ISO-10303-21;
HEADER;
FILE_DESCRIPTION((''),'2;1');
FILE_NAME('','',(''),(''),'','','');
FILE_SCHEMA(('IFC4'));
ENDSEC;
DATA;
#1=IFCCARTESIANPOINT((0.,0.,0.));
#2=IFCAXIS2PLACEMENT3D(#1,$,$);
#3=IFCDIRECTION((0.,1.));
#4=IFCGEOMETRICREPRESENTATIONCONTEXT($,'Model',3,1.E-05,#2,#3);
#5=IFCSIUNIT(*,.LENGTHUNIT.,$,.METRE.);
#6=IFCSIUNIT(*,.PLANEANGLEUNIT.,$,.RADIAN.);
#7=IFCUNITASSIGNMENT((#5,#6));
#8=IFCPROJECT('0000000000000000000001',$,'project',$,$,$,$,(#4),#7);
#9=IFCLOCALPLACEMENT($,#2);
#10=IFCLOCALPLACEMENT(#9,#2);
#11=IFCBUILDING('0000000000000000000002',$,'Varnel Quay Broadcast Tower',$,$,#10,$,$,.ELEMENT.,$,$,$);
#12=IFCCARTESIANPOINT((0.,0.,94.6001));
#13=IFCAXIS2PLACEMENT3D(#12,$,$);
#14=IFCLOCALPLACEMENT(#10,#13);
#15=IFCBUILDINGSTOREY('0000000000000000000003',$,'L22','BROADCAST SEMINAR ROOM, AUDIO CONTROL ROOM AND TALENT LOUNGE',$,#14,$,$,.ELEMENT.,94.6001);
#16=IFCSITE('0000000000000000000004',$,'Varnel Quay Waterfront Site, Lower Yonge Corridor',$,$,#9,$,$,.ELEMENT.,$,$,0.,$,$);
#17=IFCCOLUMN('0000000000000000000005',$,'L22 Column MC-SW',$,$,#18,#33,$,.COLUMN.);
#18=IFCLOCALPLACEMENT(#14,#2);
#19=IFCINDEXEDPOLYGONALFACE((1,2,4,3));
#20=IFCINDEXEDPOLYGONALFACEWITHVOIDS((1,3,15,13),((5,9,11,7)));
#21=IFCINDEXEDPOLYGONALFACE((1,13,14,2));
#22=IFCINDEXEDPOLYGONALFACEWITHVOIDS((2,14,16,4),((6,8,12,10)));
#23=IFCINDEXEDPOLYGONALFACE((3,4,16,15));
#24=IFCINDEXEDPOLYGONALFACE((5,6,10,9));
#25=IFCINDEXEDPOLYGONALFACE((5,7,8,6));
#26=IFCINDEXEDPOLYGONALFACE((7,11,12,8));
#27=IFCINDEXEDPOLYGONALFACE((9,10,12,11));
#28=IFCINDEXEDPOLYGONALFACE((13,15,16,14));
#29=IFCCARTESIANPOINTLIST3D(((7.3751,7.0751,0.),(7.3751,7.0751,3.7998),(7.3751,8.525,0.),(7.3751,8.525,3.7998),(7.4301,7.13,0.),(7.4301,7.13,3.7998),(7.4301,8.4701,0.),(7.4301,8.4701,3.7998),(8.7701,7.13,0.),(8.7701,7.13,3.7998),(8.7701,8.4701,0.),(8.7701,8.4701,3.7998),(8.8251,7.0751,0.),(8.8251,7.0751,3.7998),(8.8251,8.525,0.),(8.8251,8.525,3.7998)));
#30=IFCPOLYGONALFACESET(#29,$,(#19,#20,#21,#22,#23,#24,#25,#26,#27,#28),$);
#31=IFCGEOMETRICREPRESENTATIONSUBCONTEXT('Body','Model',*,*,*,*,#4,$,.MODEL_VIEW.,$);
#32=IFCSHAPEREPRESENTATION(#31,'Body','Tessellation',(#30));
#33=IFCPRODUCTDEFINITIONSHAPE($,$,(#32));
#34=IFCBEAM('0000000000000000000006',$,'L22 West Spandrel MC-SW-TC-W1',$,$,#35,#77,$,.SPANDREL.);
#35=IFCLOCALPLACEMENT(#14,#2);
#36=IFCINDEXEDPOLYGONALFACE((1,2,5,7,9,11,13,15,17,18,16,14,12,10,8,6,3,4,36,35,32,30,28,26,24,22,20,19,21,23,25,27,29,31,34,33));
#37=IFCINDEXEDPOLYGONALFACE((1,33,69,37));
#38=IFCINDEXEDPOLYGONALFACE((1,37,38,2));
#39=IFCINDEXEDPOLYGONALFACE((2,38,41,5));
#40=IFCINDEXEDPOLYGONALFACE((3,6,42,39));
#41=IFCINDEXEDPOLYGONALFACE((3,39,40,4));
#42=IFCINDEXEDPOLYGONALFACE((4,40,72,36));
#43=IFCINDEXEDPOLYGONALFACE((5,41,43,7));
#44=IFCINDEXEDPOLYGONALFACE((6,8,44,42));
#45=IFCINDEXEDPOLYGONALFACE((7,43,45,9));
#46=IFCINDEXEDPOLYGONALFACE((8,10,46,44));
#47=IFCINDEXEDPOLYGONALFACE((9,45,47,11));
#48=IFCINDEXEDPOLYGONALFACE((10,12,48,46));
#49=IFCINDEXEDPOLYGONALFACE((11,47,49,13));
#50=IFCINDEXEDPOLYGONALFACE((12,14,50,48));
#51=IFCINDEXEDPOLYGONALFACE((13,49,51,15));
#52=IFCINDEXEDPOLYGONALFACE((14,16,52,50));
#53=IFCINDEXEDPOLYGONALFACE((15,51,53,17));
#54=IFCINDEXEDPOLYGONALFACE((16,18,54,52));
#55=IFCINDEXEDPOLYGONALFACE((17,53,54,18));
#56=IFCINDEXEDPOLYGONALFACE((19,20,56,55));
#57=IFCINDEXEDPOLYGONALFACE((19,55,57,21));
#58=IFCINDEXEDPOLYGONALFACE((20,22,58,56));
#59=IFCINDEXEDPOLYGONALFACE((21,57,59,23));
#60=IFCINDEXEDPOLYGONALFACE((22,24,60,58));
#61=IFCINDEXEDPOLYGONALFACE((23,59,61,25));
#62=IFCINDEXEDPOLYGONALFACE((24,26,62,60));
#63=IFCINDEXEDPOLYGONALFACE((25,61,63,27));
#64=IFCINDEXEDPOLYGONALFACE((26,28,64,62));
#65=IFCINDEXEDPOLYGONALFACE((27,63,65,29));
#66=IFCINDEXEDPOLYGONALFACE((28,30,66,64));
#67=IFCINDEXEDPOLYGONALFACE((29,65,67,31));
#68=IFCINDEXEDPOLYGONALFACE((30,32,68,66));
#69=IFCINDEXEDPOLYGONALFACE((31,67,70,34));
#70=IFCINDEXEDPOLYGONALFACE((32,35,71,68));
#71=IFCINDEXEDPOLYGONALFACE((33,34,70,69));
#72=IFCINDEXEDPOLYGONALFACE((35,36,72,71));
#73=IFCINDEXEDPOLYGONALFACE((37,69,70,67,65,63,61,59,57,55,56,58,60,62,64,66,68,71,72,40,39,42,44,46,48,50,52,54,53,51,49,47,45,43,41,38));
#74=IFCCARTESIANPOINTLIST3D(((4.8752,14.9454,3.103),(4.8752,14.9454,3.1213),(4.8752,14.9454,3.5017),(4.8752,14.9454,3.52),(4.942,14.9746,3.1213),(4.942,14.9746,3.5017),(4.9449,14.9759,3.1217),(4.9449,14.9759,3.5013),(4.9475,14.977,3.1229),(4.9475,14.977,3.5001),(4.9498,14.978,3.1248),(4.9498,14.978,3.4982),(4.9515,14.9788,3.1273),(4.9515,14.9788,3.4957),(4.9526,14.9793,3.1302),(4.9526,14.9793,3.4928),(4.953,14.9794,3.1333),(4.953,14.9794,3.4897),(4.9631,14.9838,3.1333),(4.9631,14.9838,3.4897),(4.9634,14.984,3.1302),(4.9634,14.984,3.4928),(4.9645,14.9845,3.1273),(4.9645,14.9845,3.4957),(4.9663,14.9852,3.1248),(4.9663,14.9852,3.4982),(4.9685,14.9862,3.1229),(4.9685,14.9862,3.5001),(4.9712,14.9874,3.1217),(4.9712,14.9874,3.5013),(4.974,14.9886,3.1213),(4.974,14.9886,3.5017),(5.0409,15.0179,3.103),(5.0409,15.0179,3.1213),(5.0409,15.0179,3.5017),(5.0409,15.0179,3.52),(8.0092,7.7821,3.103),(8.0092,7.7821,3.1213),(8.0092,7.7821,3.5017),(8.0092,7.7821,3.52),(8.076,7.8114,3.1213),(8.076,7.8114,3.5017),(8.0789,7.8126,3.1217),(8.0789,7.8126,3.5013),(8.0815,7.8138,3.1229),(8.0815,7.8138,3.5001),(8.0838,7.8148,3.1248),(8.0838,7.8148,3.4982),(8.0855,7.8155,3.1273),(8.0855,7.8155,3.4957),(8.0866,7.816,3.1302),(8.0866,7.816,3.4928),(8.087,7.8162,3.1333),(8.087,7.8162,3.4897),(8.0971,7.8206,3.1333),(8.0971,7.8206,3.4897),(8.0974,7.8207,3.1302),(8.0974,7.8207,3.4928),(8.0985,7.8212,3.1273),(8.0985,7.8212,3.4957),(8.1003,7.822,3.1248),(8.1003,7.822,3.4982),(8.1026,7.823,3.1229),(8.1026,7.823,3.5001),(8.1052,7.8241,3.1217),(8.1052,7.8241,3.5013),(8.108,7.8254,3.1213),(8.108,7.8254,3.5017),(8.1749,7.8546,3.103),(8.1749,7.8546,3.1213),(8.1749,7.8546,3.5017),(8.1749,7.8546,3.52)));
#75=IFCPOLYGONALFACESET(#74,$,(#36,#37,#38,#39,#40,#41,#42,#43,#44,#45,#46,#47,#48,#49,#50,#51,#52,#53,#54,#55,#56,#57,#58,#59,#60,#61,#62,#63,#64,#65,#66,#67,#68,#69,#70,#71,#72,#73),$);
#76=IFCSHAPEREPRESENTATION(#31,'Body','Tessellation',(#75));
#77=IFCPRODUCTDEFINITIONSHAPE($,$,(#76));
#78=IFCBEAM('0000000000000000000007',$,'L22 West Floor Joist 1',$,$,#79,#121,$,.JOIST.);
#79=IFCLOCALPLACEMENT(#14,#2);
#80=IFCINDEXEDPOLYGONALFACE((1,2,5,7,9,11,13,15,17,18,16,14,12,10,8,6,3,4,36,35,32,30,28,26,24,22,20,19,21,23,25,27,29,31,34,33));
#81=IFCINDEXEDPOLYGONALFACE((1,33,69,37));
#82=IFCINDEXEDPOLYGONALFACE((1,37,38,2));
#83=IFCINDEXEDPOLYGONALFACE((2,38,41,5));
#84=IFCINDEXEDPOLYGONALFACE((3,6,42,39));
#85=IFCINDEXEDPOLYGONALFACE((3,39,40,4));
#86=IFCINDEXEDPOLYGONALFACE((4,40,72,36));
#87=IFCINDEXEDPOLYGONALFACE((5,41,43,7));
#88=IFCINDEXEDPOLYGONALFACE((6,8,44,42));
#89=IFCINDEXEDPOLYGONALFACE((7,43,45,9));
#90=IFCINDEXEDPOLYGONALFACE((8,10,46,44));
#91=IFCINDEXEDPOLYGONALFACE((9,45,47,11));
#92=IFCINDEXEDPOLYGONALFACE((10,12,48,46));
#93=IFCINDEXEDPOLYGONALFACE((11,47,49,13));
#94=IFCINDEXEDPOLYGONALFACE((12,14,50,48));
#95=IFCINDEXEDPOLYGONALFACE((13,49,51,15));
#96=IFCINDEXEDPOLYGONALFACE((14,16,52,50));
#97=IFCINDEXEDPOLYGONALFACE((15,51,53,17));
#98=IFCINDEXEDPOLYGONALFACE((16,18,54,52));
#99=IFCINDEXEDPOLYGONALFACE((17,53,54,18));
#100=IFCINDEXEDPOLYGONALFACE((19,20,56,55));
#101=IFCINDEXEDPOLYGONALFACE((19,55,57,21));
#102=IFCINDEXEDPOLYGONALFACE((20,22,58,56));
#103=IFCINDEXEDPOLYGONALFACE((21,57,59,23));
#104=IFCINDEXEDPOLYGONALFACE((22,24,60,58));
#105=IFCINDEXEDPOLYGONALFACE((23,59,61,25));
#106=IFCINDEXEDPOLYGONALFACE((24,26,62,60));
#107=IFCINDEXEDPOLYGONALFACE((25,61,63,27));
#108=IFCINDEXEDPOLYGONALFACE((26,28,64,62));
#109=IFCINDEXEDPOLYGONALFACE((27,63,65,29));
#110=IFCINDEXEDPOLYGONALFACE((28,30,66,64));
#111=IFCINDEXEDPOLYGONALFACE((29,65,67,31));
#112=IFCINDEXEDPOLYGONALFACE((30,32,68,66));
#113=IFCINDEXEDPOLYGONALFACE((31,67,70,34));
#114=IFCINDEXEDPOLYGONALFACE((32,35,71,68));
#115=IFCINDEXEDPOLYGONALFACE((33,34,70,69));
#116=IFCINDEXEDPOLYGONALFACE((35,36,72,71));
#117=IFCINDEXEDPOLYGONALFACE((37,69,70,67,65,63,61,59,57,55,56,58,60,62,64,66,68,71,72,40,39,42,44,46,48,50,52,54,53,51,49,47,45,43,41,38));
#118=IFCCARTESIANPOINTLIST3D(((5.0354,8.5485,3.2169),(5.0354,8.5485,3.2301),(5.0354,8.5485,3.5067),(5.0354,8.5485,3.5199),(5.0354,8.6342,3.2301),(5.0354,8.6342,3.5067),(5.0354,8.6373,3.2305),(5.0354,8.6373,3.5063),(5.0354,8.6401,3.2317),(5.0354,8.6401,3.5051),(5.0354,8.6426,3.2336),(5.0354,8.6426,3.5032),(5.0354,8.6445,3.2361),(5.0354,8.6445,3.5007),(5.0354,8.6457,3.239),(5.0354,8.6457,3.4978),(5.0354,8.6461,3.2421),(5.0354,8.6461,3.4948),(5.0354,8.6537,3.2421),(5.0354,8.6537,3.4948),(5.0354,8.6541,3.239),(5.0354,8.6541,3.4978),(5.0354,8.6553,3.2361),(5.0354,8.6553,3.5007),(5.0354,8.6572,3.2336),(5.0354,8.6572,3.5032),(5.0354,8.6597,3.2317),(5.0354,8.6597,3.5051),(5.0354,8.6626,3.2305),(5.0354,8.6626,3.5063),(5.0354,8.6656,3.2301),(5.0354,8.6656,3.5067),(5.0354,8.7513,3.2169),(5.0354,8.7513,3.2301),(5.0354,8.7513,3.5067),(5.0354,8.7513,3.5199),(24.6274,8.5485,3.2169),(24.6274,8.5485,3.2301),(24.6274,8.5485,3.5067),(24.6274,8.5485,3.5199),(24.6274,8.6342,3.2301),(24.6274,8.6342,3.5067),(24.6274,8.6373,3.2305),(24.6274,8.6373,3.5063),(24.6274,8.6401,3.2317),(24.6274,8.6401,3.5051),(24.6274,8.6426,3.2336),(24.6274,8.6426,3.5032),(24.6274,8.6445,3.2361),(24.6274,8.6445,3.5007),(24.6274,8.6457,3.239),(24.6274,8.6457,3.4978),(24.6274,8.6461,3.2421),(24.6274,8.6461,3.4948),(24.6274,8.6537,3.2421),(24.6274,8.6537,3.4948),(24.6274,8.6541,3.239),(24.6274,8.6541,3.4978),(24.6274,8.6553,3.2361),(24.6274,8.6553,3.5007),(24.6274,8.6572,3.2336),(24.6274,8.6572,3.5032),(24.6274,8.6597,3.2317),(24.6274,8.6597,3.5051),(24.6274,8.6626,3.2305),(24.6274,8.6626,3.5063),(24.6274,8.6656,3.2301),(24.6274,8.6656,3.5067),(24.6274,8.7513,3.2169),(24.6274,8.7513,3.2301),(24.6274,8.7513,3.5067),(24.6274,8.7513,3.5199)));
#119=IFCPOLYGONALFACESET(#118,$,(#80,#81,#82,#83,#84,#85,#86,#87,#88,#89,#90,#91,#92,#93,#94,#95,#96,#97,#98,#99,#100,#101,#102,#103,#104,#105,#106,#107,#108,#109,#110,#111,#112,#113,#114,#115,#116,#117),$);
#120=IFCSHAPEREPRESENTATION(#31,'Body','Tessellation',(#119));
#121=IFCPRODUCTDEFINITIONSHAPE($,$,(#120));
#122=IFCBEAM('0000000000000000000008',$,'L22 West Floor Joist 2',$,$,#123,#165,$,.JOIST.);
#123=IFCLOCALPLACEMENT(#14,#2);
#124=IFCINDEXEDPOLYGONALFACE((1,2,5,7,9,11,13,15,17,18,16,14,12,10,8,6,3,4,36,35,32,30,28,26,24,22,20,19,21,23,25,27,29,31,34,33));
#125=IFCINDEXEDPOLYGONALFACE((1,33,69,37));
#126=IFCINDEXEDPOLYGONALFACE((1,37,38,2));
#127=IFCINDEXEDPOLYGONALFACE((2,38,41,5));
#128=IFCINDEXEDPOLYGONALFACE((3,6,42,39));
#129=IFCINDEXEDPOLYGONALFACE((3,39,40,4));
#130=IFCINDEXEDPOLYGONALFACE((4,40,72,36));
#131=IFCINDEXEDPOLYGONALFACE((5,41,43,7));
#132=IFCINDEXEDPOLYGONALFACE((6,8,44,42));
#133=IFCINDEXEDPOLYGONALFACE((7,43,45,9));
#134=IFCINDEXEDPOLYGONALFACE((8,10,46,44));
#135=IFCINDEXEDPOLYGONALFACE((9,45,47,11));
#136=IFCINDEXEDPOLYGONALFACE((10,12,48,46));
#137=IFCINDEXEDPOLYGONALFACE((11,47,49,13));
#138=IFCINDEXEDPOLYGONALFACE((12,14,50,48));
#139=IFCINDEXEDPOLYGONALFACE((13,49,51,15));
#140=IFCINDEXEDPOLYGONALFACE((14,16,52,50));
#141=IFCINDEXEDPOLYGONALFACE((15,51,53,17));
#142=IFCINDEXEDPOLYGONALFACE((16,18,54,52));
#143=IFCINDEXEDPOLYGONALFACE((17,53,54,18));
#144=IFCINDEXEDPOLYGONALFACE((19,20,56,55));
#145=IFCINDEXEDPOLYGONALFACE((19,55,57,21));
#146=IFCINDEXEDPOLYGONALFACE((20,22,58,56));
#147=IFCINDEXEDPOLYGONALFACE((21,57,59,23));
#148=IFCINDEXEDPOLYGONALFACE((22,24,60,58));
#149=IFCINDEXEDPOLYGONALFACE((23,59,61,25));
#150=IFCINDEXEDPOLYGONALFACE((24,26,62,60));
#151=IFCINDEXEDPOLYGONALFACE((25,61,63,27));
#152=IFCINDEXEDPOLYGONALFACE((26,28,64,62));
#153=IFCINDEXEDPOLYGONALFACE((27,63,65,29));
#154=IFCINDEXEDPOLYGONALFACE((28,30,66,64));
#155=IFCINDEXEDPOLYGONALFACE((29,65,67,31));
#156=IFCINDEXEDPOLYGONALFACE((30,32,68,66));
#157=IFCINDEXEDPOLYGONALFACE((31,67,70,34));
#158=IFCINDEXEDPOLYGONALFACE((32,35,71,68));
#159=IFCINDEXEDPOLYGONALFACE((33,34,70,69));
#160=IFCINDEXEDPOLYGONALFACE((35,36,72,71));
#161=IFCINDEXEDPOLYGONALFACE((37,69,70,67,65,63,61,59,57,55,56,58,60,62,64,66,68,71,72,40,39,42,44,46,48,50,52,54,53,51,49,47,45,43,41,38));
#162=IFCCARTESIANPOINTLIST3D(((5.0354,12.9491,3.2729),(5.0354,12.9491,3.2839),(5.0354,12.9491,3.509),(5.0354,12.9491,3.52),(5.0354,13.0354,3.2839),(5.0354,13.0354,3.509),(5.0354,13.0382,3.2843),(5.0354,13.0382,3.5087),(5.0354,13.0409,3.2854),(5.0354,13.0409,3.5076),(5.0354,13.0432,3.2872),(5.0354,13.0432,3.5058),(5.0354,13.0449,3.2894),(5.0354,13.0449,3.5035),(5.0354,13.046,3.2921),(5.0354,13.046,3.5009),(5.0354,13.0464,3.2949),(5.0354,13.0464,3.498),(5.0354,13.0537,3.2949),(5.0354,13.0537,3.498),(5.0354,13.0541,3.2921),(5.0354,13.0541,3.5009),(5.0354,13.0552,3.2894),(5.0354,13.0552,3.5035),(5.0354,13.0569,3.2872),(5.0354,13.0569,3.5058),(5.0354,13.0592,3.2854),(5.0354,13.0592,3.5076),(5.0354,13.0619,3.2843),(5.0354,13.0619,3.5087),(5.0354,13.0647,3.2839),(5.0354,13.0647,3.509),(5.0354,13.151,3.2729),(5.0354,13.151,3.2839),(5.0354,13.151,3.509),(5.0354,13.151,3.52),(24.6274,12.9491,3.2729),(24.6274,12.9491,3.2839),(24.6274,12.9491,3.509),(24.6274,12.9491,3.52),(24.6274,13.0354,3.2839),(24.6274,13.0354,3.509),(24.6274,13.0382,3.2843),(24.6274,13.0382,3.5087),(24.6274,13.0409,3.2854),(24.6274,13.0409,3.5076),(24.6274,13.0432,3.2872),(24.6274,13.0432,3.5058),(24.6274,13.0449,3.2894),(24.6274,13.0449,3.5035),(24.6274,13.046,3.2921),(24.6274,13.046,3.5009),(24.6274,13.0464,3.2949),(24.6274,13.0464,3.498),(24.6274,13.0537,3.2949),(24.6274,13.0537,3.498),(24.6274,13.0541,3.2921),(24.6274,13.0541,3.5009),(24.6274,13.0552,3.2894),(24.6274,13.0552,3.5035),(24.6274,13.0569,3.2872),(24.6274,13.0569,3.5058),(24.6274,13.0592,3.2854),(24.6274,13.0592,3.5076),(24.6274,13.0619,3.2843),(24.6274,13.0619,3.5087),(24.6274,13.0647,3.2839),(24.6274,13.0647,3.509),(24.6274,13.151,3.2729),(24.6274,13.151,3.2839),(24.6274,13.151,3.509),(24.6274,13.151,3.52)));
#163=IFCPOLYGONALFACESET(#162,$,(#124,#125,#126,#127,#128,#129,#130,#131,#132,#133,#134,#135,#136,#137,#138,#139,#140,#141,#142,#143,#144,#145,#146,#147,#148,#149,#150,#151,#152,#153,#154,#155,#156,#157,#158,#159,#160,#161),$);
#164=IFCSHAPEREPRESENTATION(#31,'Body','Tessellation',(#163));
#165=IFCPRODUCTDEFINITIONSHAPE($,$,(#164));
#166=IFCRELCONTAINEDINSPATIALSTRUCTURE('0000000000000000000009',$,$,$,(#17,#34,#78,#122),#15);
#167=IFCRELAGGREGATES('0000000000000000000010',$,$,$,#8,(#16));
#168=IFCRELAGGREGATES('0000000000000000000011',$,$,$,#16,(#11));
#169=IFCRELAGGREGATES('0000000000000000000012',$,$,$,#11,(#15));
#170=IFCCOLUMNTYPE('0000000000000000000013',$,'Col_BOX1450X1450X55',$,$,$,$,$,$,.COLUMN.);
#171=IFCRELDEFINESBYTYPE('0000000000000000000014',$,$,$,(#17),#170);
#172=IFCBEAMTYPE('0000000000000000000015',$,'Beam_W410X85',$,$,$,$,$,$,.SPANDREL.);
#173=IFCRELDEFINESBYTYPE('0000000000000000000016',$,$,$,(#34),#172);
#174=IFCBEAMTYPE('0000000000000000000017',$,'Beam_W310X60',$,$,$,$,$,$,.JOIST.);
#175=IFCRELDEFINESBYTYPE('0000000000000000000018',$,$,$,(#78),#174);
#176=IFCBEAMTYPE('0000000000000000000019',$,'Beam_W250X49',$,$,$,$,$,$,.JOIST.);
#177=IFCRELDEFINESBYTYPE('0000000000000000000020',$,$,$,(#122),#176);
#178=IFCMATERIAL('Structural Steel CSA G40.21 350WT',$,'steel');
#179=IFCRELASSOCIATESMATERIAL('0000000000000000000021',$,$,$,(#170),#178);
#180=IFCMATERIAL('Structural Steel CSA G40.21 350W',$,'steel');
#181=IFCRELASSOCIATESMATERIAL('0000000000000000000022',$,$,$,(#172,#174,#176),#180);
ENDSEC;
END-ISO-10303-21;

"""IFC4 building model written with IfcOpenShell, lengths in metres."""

from ifc_helpers import new_model, si_unit, direction, frame, origin, origin_2d, place, context, subcontext, project, spatial, hollow_rectangle, i_section, extrude, source, transform, mapped, material, material_profile, profile_set, type_object, type_shapes, element, save


model = new_model("IFC4")

# Units and contexts
model_context = context("Model", 3, precision=1e-05, world=origin(), true_north=direction((0.0, 1.0)))
body_context = subcontext(model_context, "Body", "Model", "MODEL_VIEW")
ifc_project = project(units=[si_unit("LENGTHUNIT", "METRE"), si_unit("PLANEANGLEUNIT", "RADIAN")], contexts=[model_context])

# Site, building, storey
site_placement = place(None, origin())
site = spatial("IfcSite", under=ifc_project, at=site_placement, Name="Varnel Quay Waterfront Site, Lower Yonge Corridor", CompositionType="ELEMENT", RefElevation=0.0)
building_placement = place(site_placement, origin())
building = spatial("IfcBuilding", under=site, at=building_placement, Name="Varnel Quay Broadcast Tower", CompositionType="ELEMENT")
storey_placement = place(building_placement, frame((0.0, 0.0, 94.6001)))
storey = spatial("IfcBuildingStorey", under=building, at=storey_placement, Name="L22", Description="BROADCAST SEMINAR ROOM, AUDIO CONTROL ROOM AND TALENT LOUNGE", CompositionType="ELEMENT", Elevation=94.6001)

# Column
ifc_material_1 = material(Name="Structural Steel CSA G40.21 350WT", Category="steel")
ifc_material_profile_1 = material_profile(ifc_material_1, hollow_rectangle(XDim=1.45, YDim=1.45, WallThickness=0.0549, at=origin_2d()), Name="BOX1450X1450X55")
ifc_profile_set_1 = profile_set([ifc_material_profile_1], Name="Structural Steel CSA G40.21 350WT")
column_type = type_object("IfcColumnType", Name="Col_BOX1450X1450X55", PredefinedType="COLUMN", material=ifc_profile_set_1)
shared_shape_1 = source(origin(), body_context, "Body", "SweptSolid", [
    extrude(hollow_rectangle(XDim=1.45, YDim=1.45, WallThickness=0.0549, at=origin_2d()), origin(), (0.0, 0.0, 1.0), 3.7998),
])
type_shapes(column_type, [shared_shape_1])
column_placement = place(storey_placement, frame((8.1001, 7.8, 0.0), z_axis=(0.0, 0.0, 1.0), x_axis=(1.0, 0.0, 0.0)))
element("IfcColumn", 1, at=column_placement, inside=storey, type_object=column_type, Name="L22 Column MC-SW", PredefinedType="COLUMN", context=body_context, shape_type="MappedRepresentation", body=[
    mapped(shared_shape_1, transform((0.0, 0.0, 0.0), x_axis=(1.0, 0.0, 0.0), y_axis=(0.0, 1.0, 0.0), z_axis=(0.0, 0.0, 1.0), scale=1.0)),
])

# Beams
ifc_material_2 = material(Name="Structural Steel CSA G40.21 350W", Category="steel")
ifc_material_profile_2 = material_profile(ifc_material_2, i_section(OverallWidth=0.1809, OverallDepth=0.417, WebThickness=0.011, FlangeThickness=0.0183, FilletRadius=0.012, at=origin_2d()), Name="W410X85")
ifc_profile_set_2 = profile_set([ifc_material_profile_2], Name="Structural Steel CSA G40.21 350W")
beam_type_1 = type_object("IfcBeamType", Name="Beam_W410X85", PredefinedType="SPANDREL", material=ifc_profile_set_2)
shared_shape_2 = source(origin(), body_context, "Body", "SweptSolid", [
    extrude(i_section(OverallWidth=0.1809, OverallDepth=0.417, WebThickness=0.011, FlangeThickness=0.0183, FilletRadius=0.012, at=origin_2d()), origin(), (0.0, 0.0, 1.0), 7.8188),
])
type_shapes(beam_type_1, [shared_shape_2])
beam_1_placement = place(storey_placement, frame((8.092, 7.8184, 3.3115), z_axis=(-0.400827, 0.916154, 0.0), x_axis=(-0.916154, -0.400827, 0.0)))
element("IfcBeam", 2, at=beam_1_placement, inside=storey, type_object=beam_type_1, Name="L22 West Spandrel MC-SW-TC-W1", PredefinedType="SPANDREL", context=body_context, shape_type="MappedRepresentation", body=[
    mapped(shared_shape_2, transform((0.0, 0.0, 0.0), x_axis=(1.0, 0.0, 0.0), y_axis=(0.0, 1.0, 0.0), z_axis=(0.0, 0.0, 1.0), scale=1.0)),
])
ifc_material_profile_3 = material_profile(ifc_material_2, i_section(OverallWidth=0.2029, OverallDepth=0.303, WebThickness=0.0076, FlangeThickness=0.0132, FilletRadius=0.012, at=origin_2d()), Name="W310X60")
ifc_profile_set_3 = profile_set([ifc_material_profile_3], Name="Structural Steel CSA G40.21 350W")
beam_type_2 = type_object("IfcBeamType", Name="Beam_W310X60", PredefinedType="JOIST", material=ifc_profile_set_3)
shared_shape_3 = source(origin(), body_context, "Body", "SweptSolid", [
    extrude(i_section(OverallWidth=0.2029, OverallDepth=0.303, WebThickness=0.0076, FlangeThickness=0.0132, FilletRadius=0.012, at=origin_2d()), origin(), (0.0, 0.0, 1.0), 19.592),
])
type_shapes(beam_type_2, [shared_shape_3])
beam_2_placement = place(storey_placement, frame((5.0354, 8.6499, 3.3684), z_axis=(1.0, 0.0, 0.0), x_axis=(0.0, 1.0, 0.0)))
element("IfcBeam", 3, at=beam_2_placement, inside=storey, type_object=beam_type_2, Name="L22 West Floor Joist 1", PredefinedType="JOIST", context=body_context, shape_type="MappedRepresentation", body=[
    mapped(shared_shape_3, transform((0.0, 0.0, 0.0), x_axis=(1.0, 0.0, 0.0), y_axis=(0.0, 1.0, 0.0), z_axis=(0.0, 0.0, 1.0), scale=1.0)),
])
ifc_material_profile_4 = material_profile(ifc_material_2, i_section(OverallWidth=0.2019, OverallDepth=0.2471, WebThickness=0.0073, FlangeThickness=0.011, FilletRadius=0.011, at=origin_2d()), Name="W250X49")
ifc_profile_set_4 = profile_set([ifc_material_profile_4], Name="Structural Steel CSA G40.21 350W")
beam_type_3 = type_object("IfcBeamType", Name="Beam_W250X49", PredefinedType="JOIST", material=ifc_profile_set_4)
shared_shape_4 = source(origin(), body_context, "Body", "SweptSolid", [
    extrude(i_section(OverallWidth=0.2019, OverallDepth=0.2471, WebThickness=0.0073, FlangeThickness=0.011, FilletRadius=0.011, at=origin_2d()), origin(), (0.0, 0.0, 1.0), 19.592),
])
type_shapes(beam_type_3, [shared_shape_4])
beam_3_placement = place(storey_placement, frame((5.0354, 13.05, 3.3965), z_axis=(1.0, 0.0, 0.0), x_axis=(0.0, 1.0, 0.0)))
element("IfcBeam", 4, at=beam_3_placement, inside=storey, type_object=beam_type_3, Name="L22 West Floor Joist 2", PredefinedType="JOIST", context=body_context, shape_type="MappedRepresentation", body=[
    mapped(shared_shape_4, transform((0.0, 0.0, 0.0), x_axis=(1.0, 0.0, 0.0), y_axis=(0.0, 1.0, 0.0), z_axis=(0.0, 0.0, 1.0), scale=1.0)),
])

save(model, "model.ifc")
